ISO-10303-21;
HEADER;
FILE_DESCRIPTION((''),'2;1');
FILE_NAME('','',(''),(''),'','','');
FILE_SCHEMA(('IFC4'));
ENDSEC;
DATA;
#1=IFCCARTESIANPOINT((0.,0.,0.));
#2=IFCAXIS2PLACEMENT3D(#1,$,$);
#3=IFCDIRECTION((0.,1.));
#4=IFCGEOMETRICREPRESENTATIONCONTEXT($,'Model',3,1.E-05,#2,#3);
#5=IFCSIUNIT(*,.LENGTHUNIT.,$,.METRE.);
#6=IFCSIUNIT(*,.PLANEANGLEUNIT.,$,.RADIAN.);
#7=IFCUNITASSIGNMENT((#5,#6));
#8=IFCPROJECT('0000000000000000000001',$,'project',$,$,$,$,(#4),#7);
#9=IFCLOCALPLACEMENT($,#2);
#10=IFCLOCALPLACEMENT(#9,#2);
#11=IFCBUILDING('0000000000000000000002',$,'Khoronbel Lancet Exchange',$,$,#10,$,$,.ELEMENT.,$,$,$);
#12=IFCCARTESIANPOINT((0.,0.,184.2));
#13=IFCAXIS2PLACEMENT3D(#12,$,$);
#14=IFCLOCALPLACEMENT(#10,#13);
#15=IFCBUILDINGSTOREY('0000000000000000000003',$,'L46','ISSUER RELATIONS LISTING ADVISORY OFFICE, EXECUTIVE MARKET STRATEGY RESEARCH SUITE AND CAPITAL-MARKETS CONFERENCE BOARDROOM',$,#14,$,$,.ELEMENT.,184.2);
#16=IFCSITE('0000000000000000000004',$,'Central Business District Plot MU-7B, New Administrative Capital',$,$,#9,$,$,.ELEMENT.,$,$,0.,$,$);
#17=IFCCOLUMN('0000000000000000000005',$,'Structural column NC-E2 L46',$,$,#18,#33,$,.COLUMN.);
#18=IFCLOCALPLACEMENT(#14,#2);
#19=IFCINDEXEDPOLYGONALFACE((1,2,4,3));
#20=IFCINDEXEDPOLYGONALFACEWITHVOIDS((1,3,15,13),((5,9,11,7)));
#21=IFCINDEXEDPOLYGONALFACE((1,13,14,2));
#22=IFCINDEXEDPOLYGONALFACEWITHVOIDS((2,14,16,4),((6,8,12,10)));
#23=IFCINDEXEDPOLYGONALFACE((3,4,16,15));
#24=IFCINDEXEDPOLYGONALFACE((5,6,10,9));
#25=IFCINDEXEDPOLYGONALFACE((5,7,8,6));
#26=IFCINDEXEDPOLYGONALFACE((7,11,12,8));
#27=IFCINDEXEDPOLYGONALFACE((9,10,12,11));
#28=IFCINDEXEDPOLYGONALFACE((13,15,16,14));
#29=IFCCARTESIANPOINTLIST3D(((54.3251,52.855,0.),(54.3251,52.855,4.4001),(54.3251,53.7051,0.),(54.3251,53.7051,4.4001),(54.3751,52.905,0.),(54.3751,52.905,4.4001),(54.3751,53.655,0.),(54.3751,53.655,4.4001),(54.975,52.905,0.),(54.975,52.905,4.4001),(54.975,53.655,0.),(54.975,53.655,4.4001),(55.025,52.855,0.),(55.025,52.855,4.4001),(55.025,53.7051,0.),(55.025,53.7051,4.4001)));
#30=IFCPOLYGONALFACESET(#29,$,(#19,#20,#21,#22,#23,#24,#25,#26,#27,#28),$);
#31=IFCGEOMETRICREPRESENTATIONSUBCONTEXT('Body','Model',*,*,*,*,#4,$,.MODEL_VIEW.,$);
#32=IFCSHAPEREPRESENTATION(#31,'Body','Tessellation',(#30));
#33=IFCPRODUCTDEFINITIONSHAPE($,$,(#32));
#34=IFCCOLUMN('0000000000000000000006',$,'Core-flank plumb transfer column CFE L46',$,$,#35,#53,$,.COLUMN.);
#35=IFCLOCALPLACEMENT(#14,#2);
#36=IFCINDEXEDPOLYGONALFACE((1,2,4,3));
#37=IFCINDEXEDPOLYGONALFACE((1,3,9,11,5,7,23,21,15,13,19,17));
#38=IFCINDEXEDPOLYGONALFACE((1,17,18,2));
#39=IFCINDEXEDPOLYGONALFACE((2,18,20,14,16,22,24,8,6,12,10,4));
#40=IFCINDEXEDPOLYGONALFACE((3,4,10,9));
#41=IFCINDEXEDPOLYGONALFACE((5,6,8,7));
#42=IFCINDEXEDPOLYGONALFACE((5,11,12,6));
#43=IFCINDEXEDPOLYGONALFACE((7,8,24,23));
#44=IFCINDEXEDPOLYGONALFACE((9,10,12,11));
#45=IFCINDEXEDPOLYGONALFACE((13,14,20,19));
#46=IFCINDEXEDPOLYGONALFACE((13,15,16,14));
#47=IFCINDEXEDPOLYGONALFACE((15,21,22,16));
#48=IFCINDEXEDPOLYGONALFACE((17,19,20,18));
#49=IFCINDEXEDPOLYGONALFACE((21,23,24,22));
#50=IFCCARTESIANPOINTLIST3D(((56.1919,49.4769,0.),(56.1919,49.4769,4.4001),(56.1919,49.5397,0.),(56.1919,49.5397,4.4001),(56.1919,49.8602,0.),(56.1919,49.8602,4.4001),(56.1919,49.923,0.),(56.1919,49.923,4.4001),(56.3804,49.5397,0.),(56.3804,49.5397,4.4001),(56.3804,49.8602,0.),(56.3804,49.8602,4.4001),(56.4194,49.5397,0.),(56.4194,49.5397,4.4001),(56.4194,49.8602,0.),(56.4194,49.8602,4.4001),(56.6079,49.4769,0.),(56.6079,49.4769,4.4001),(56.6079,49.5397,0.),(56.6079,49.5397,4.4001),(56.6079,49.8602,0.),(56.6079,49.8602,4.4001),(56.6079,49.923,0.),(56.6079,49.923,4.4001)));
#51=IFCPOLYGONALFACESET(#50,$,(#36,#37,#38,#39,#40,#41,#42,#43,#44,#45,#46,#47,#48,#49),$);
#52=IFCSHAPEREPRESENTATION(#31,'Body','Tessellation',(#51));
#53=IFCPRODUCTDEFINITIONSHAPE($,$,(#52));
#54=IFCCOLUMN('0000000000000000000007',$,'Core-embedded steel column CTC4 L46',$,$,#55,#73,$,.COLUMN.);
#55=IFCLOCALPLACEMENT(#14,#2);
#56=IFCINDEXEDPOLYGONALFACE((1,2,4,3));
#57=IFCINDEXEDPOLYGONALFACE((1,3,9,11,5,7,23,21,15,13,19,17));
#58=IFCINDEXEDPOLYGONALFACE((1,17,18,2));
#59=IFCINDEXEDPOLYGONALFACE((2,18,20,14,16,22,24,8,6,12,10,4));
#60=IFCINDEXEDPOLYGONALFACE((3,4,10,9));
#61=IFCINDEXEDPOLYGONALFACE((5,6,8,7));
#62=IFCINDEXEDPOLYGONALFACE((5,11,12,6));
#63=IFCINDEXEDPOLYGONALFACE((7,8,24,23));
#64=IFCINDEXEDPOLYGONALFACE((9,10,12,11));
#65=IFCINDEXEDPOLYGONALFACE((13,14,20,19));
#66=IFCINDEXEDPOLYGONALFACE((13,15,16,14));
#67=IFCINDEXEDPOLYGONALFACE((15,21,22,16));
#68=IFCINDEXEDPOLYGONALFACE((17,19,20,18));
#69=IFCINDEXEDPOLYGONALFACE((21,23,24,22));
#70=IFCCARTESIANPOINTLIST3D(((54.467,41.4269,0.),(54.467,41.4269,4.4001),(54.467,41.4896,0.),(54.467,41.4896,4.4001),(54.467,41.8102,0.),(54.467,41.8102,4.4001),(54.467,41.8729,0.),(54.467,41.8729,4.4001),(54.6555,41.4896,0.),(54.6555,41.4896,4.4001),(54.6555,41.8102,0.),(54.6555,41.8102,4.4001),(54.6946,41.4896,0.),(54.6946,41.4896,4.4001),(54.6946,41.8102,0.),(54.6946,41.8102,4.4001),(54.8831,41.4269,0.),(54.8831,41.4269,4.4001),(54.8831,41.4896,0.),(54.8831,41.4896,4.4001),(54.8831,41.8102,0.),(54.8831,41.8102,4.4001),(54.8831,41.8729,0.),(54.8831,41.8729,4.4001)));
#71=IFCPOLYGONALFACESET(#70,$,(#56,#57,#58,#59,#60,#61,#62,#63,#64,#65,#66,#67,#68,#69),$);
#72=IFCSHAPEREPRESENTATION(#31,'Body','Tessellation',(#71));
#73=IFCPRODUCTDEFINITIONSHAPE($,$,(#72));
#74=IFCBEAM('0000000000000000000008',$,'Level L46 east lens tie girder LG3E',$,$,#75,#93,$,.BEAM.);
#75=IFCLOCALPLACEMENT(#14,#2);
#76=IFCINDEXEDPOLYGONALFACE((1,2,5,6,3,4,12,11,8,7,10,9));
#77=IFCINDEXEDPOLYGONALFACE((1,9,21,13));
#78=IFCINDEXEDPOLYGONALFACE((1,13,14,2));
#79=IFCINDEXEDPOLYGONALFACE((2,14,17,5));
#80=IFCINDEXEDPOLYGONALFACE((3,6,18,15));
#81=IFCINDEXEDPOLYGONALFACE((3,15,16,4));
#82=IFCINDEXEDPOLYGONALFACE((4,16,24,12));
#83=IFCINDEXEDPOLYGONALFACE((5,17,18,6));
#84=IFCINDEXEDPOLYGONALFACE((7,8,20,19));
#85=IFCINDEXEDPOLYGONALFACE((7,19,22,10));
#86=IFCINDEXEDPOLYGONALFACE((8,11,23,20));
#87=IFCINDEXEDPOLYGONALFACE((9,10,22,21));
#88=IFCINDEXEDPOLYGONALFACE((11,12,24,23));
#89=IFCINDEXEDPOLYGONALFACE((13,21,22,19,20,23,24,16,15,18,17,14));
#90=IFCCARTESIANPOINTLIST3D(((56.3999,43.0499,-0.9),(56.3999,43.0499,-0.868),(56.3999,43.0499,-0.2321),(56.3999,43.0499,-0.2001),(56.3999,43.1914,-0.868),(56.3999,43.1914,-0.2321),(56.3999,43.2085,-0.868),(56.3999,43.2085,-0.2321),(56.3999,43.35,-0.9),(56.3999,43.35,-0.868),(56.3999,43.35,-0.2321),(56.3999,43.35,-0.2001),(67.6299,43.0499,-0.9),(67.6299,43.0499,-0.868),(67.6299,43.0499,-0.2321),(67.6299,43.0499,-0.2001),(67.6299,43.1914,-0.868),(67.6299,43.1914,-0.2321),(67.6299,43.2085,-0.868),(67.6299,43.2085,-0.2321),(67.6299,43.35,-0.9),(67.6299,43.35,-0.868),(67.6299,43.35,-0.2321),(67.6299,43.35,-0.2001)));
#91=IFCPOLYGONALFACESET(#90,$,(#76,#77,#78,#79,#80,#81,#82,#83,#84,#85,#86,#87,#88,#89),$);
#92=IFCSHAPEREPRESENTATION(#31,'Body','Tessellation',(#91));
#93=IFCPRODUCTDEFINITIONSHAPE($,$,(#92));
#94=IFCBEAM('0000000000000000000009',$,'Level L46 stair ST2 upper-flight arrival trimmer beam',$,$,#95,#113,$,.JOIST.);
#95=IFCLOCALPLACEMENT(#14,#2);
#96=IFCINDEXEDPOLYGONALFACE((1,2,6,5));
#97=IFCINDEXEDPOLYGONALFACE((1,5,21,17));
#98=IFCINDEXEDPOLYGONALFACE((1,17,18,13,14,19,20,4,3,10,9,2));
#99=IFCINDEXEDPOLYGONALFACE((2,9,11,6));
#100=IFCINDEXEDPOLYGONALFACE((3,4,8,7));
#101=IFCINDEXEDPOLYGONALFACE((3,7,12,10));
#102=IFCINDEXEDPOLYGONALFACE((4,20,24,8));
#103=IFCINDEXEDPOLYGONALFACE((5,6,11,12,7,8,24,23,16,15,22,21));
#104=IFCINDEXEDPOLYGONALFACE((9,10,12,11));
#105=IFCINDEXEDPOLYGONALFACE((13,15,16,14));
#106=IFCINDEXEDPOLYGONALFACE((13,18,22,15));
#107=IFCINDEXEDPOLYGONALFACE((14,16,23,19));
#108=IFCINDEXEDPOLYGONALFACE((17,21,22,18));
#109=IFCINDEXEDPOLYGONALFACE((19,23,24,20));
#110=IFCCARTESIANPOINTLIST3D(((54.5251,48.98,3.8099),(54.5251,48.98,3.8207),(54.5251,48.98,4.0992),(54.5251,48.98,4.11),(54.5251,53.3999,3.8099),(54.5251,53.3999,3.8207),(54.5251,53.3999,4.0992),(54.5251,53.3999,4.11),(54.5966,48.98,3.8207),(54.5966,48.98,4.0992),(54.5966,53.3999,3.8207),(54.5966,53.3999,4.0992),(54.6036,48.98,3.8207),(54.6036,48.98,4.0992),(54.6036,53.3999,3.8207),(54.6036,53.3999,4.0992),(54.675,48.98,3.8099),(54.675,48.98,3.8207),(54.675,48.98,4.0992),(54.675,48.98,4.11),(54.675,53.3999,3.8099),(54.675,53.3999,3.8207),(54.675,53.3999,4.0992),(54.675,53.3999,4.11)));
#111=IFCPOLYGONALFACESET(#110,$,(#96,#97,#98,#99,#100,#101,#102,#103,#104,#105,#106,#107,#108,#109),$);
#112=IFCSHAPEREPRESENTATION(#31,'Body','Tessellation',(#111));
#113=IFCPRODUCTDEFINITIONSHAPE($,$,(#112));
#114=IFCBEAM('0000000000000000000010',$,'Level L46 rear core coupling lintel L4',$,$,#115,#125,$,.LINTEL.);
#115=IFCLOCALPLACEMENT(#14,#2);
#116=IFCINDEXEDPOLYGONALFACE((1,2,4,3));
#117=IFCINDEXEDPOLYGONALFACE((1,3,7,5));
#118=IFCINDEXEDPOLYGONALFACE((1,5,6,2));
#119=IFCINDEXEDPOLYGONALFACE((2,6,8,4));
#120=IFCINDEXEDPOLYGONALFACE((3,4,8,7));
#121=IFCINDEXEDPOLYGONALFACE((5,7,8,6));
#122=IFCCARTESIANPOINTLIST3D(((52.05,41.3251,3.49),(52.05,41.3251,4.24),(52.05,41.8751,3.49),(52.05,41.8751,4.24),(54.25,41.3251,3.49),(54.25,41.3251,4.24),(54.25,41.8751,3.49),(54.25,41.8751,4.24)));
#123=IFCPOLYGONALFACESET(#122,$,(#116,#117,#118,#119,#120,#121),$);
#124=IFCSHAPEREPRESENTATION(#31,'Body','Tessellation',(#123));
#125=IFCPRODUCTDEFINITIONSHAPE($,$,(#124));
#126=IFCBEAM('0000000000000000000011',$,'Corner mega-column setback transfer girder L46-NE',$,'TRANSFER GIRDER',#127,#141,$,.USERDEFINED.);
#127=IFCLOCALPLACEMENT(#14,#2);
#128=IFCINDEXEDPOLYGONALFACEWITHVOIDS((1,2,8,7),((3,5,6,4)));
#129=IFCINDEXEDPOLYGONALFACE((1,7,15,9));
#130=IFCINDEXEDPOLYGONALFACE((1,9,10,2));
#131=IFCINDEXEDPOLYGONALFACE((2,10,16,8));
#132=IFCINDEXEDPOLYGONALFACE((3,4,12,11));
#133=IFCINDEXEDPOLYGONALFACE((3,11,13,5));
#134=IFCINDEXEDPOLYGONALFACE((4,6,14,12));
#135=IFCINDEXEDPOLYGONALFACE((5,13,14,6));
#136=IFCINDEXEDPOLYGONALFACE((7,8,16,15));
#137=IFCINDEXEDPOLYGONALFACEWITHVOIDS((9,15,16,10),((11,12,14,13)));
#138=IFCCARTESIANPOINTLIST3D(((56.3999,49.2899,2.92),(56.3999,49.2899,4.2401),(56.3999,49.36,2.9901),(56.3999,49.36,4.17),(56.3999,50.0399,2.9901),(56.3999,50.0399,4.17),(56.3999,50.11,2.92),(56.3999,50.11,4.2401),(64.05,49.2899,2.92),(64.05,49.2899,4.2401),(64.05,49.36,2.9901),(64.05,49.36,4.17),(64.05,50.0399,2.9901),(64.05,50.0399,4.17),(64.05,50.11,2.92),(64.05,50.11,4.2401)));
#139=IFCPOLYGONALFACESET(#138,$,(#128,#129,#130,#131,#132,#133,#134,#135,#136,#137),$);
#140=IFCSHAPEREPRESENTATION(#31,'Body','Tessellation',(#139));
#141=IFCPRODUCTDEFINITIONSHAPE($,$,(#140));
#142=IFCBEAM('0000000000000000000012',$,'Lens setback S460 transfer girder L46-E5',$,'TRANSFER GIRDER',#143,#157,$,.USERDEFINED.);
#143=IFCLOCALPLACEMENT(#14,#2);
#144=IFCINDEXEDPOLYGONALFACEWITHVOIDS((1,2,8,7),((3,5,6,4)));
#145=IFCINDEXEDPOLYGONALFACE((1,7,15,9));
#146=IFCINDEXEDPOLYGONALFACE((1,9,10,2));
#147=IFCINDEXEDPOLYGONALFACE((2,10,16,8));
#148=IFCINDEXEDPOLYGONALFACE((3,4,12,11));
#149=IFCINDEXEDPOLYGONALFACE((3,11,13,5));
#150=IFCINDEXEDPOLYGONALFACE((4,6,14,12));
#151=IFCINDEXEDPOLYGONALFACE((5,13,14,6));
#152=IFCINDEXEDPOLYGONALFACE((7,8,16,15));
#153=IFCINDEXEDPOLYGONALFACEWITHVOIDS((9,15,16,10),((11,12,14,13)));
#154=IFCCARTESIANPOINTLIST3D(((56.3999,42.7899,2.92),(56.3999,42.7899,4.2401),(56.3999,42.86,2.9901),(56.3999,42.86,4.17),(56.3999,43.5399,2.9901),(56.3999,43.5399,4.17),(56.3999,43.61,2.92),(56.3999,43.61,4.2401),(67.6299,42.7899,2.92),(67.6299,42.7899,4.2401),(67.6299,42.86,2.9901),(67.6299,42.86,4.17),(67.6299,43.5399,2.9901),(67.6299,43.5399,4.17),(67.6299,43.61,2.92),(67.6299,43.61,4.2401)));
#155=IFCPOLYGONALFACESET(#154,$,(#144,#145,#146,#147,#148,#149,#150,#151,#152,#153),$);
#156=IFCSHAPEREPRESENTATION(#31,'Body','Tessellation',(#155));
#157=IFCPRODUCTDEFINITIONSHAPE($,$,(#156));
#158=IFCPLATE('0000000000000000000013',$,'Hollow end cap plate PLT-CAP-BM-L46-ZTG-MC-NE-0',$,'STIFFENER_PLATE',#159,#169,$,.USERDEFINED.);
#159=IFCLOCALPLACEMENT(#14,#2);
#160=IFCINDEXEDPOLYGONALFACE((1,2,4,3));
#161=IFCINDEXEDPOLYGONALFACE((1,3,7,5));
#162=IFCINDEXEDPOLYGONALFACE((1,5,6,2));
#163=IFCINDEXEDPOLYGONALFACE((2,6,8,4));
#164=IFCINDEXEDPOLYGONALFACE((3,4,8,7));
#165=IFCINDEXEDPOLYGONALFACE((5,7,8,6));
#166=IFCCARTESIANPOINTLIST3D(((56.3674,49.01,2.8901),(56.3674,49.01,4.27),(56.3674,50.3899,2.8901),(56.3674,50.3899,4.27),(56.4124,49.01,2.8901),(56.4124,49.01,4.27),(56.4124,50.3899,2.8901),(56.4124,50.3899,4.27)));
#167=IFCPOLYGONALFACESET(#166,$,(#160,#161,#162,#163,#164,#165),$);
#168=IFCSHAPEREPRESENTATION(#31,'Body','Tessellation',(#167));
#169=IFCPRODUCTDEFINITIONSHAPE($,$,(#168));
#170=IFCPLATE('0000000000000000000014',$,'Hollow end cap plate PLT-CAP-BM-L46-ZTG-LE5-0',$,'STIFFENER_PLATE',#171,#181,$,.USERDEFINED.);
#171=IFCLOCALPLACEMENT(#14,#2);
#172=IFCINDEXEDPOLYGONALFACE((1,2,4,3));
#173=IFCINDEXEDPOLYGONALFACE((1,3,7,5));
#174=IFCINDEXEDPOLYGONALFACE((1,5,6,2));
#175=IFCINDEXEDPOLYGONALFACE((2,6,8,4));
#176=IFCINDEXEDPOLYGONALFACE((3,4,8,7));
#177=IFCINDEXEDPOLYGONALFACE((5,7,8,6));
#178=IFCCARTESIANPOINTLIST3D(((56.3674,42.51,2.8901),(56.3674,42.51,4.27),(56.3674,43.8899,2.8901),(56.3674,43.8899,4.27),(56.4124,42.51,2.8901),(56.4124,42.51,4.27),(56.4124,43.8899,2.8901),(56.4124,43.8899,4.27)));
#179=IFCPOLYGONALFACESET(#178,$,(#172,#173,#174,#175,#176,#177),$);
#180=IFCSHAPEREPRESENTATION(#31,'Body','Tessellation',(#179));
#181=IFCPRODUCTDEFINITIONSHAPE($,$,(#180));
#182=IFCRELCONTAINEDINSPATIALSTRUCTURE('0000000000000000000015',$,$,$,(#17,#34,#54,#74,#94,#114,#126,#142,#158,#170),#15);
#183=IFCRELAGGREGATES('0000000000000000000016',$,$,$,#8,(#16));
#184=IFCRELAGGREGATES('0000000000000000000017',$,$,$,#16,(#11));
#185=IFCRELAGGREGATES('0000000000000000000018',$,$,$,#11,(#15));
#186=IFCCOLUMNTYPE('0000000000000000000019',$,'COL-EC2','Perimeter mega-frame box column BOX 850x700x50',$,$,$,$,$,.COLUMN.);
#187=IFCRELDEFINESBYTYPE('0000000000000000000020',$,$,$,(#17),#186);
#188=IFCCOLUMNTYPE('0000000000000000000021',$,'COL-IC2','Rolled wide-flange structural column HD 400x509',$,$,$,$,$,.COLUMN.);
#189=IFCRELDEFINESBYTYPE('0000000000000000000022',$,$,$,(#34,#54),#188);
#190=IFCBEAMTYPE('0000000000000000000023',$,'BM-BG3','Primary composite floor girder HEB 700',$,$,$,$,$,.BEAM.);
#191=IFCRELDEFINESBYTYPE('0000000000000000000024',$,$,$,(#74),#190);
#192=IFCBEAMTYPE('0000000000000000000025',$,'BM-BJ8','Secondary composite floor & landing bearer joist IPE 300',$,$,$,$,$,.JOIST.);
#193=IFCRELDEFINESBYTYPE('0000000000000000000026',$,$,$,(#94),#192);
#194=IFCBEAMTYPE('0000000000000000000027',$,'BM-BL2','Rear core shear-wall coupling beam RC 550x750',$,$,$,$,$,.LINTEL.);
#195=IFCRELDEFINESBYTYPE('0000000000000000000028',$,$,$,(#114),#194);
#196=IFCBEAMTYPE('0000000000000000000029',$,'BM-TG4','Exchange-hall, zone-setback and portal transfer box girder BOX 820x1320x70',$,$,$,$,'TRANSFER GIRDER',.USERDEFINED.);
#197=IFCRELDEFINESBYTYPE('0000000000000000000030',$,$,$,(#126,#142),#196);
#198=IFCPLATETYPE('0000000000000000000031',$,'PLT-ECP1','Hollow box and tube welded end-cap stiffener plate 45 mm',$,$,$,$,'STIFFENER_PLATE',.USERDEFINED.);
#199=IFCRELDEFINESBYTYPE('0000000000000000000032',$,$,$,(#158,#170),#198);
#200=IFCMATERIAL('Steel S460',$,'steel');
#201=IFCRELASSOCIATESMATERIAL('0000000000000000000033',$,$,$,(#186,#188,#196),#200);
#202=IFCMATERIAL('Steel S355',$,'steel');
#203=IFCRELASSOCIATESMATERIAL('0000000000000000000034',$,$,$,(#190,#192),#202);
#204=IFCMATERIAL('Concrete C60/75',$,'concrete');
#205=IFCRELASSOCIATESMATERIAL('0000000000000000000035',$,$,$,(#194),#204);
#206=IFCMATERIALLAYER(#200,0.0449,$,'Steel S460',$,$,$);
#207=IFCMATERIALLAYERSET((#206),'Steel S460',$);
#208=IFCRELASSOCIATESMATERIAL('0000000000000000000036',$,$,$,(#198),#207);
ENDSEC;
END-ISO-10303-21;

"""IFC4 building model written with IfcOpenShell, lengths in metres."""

from ifc_helpers import new_model, si_unit, direction, frame, origin, origin_2d, place, context, subcontext, project, spatial, rectangle, hollow_rectangle, i_section, extrude, material, layer, layer_set, material_profile, profile_set, type_object, element, save


model = new_model("IFC4")

# Units and contexts
model_context = context("Model", 3, precision=1e-05, world=origin(), true_north=direction((0.0, 1.0)))
body_context = subcontext(model_context, "Body", "Model", "MODEL_VIEW")
ifc_project = project(units=[si_unit("LENGTHUNIT", "METRE"), si_unit("PLANEANGLEUNIT", "RADIAN")], contexts=[model_context])

# Site, building, storey
site_placement = place(None, origin())
site = spatial("IfcSite", under=ifc_project, at=site_placement, Name="Central Business District Plot MU-7B, New Administrative Capital", CompositionType="ELEMENT", RefElevation=0.0)
building_placement = place(site_placement, origin())
building = spatial("IfcBuilding", under=site, at=building_placement, Name="Khoronbel Lancet Exchange", CompositionType="ELEMENT")
storey_placement = place(building_placement, frame((0.0, 0.0, 184.2)))
storey = spatial("IfcBuildingStorey", under=building, at=storey_placement, Name="L46", Description="ISSUER RELATIONS LISTING ADVISORY OFFICE, EXECUTIVE MARKET STRATEGY RESEARCH SUITE AND CAPITAL-MARKETS CONFERENCE BOARDROOM", CompositionType="ELEMENT", Elevation=184.2)

# Columns
ifc_material_1 = material(Name="Steel S460", Category="steel")
ifc_material_profile_1 = material_profile(ifc_material_1, hollow_rectangle(XDim=0.7, YDim=0.8501, WallThickness=0.05, at=origin_2d()), Name="BOX 850x700x50")
ifc_profile_set_1 = profile_set([ifc_material_profile_1], Name="Steel S460")
column_type_1 = type_object("IfcColumnType", Name="COL-EC2", Description="Perimeter mega-frame box column BOX 850x700x50", PredefinedType="COLUMN", material=ifc_profile_set_1)
column_placement = place(storey_placement, frame((54.675, 53.28, 0.0), z_axis=(0.0, 0.0, 1.0), x_axis=(1.0, 0.0, 0.0)))
element("IfcColumn", 1, at=column_placement, inside=storey, type_object=column_type_1, Name="Structural column NC-E2 L46", PredefinedType="COLUMN", context=body_context, shape_type="SweptSolid", body=[
    extrude(hollow_rectangle(XDim=0.7, YDim=0.8501, WallThickness=0.05, at=origin_2d()), origin(), (0.0, 0.0, 1.0), 4.4001),
])
ifc_material_profile_2 = material_profile(ifc_material_1, i_section(OverallWidth=0.416, OverallDepth=0.446, WebThickness=0.0391, FlangeThickness=0.0627, at=origin_2d()), Name="HD 400x509")
ifc_profile_set_2 = profile_set([ifc_material_profile_2], Name="Steel S460")
column_type_2 = type_object("IfcColumnType", Name="COL-IC2", Description="Rolled wide-flange structural column HD 400x509", PredefinedType="COLUMN", material=ifc_profile_set_2)
for number, where, z_axis, x_axis, name in (
    (2, (56.3999, 49.7, 0.0), (0.0, 0.0, 1.0), (1.0, 0.0, 0.0), "Core-flank plumb transfer column CFE L46"),
    (3, (54.675, 41.6499, 0.0), (0.0, 0.0, 1.0), (1.0, 0.0, 0.0), "Core-embedded steel column CTC4 L46"),
):
    element("IfcColumn", number, at=place(storey_placement, frame(where, z_axis=z_axis, x_axis=x_axis)), inside=storey, type_object=column_type_2, Name=name, PredefinedType="COLUMN", context=body_context, shape_type="SweptSolid", body=[
        extrude(i_section(OverallWidth=0.416, OverallDepth=0.446, WebThickness=0.0391, FlangeThickness=0.0627, at=origin_2d()), origin(), (0.0, 0.0, 1.0), 4.4001),
    ])

# Beams
ifc_material_2 = material(Name="Steel S355", Category="steel")
ifc_material_profile_3 = material_profile(ifc_material_2, i_section(OverallWidth=0.3, OverallDepth=0.7, WebThickness=0.0171, FlangeThickness=0.032, at=origin_2d()), Name="HEB 700")
ifc_profile_set_3 = profile_set([ifc_material_profile_3], Name="Steel S355")
beam_type_1 = type_object("IfcBeamType", Name="BM-BG3", Description="Primary composite floor girder HEB 700", PredefinedType="BEAM", material=ifc_profile_set_3)
beam_1_placement = place(storey_placement, frame((56.3999, 43.2, -0.55), z_axis=(1.0, 0.0, 0.0), x_axis=(0.0, 1.0, 0.0)))
element("IfcBeam", 4, at=beam_1_placement, inside=storey, type_object=beam_type_1, Name="Level L46 east lens tie girder LG3E", PredefinedType="BEAM", context=body_context, shape_type="SweptSolid", body=[
    extrude(i_section(OverallWidth=0.3, OverallDepth=0.7, WebThickness=0.0171, FlangeThickness=0.032, at=origin_2d()), origin(), (0.0, 0.0, 1.0), 11.23),
])
ifc_material_profile_4 = material_profile(ifc_material_2, i_section(OverallWidth=0.1499, OverallDepth=0.3, WebThickness=0.0071, FlangeThickness=0.0107, at=origin_2d()), Name="IPE 300")
ifc_profile_set_4 = profile_set([ifc_material_profile_4], Name="Steel S355")
beam_type_2 = type_object("IfcBeamType", Name="BM-BJ8", Description="Secondary composite floor & landing bearer joist IPE 300", PredefinedType="JOIST", material=ifc_profile_set_4)
beam_2_placement = place(storey_placement, frame((54.6001, 48.98, 3.96), z_axis=(0.0, 1.0, 0.0), x_axis=(-1.0, 0.0, 0.0)))
element("IfcBeam", 5, at=beam_2_placement, inside=storey, type_object=beam_type_2, Name="Level L46 stair ST2 upper-flight arrival trimmer beam", PredefinedType="JOIST", context=body_context, shape_type="SweptSolid", body=[
    extrude(i_section(OverallWidth=0.1499, OverallDepth=0.3, WebThickness=0.0071, FlangeThickness=0.0107, at=origin_2d()), origin(), (0.0, 0.0, 1.0), 4.4199),
])
ifc_material_3 = material(Name="Concrete C60/75", Category="concrete")
ifc_material_profile_5 = material_profile(ifc_material_3, rectangle(XDim=0.55, YDim=0.75, at=origin_2d()), Name="RC 550x750")
ifc_profile_set_5 = profile_set([ifc_material_profile_5], Name="Concrete C60/75")
beam_type_3 = type_object("IfcBeamType", Name="BM-BL2", Description="Rear core shear-wall coupling beam RC 550x750", PredefinedType="LINTEL", material=ifc_profile_set_5)
beam_3_placement = place(storey_placement, frame((52.05, 41.6001, 3.865), z_axis=(1.0, 0.0, 0.0), x_axis=(0.0, 1.0, 0.0)))
element("IfcBeam", 6, at=beam_3_placement, inside=storey, type_object=beam_type_3, Name="Level L46 rear core coupling lintel L4", PredefinedType="LINTEL", context=body_context, shape_type="SweptSolid", body=[
    extrude(rectangle(XDim=0.55, YDim=0.75, at=origin_2d()), origin(), (0.0, 0.0, 1.0), 2.2),
])
ifc_material_profile_6 = material_profile(ifc_material_1, hollow_rectangle(XDim=0.8201, YDim=1.3201, WallThickness=0.0701, at=origin_2d()), Name="BOX 820x1320x70")
ifc_profile_set_6 = profile_set([ifc_material_profile_6], Name="Steel S460")
beam_type_4 = type_object("IfcBeamType", Name="BM-TG4", Description="Exchange-hall, zone-setback and portal transfer box girder BOX 820x1320x70", ElementType="TRANSFER GIRDER", PredefinedType="USERDEFINED", material=ifc_profile_set_6)
beam_4_placement = place(storey_placement, frame((56.3999, 49.7, 3.5801), z_axis=(1.0, 0.0, 0.0), x_axis=(0.0, 1.0, 0.0)))
element("IfcBeam", 7, at=beam_4_placement, inside=storey, type_object=beam_type_4, Name="Corner mega-column setback transfer girder L46-NE", ObjectType="TRANSFER GIRDER", PredefinedType="USERDEFINED", context=body_context, shape_type="SweptSolid", body=[
    extrude(hollow_rectangle(XDim=0.8201, YDim=1.3201, WallThickness=0.0701, at=origin_2d()), origin(), (0.0, 0.0, 1.0), 7.6501),
])
beam_5_placement = place(storey_placement, frame((56.3999, 43.2, 3.5801), z_axis=(1.0, 0.0, 0.0), x_axis=(0.0, 1.0, 0.0)))
element("IfcBeam", 8, at=beam_5_placement, inside=storey, type_object=beam_type_4, Name="Lens setback S460 transfer girder L46-E5", ObjectType="TRANSFER GIRDER", PredefinedType="USERDEFINED", context=body_context, shape_type="SweptSolid", body=[
    extrude(hollow_rectangle(XDim=0.8201, YDim=1.3201, WallThickness=0.0701, at=origin_2d()), origin(), (0.0, 0.0, 1.0), 11.23),
])

# Plates
ifc_layer_1 = layer(ifc_material_1, 0.0449, Name="Steel S460")
ifc_layer_set_1 = layer_set([ifc_layer_1], Name="Steel S460")
plate_type = type_object("IfcPlateType", Name="PLT-ECP1", Description="Hollow box and tube welded end-cap stiffener plate 45 mm", ElementType="STIFFENER_PLATE", PredefinedType="USERDEFINED", material=ifc_layer_set_1)
for number, where, z_axis, x_axis, name in (
    (9, (56.3899, 49.7, 2.8901), (0.0, 0.0, 1.0), (-1.0, 0.0, 0.0), "Hollow end cap plate PLT-CAP-BM-L46-ZTG-MC-NE-0"),
    (10, (56.3899, 43.2, 2.8901), (0.0, 0.0, 1.0), (-1.0, 0.0, 0.0), "Hollow end cap plate PLT-CAP-BM-L46-ZTG-LE5-0"),
):
    element("IfcPlate", number, at=place(storey_placement, frame(where, z_axis=z_axis, x_axis=x_axis)), inside=storey, type_object=plate_type, Name=name, ObjectType="STIFFENER_PLATE", PredefinedType="USERDEFINED", context=body_context, shape_type="SweptSolid", body=[
        extrude(rectangle(XDim=0.0449, YDim=1.3799, at=origin_2d()), origin(), (0.0, 0.0, 1.0), 1.3799),
    ])

save(model, "model.ifc")
